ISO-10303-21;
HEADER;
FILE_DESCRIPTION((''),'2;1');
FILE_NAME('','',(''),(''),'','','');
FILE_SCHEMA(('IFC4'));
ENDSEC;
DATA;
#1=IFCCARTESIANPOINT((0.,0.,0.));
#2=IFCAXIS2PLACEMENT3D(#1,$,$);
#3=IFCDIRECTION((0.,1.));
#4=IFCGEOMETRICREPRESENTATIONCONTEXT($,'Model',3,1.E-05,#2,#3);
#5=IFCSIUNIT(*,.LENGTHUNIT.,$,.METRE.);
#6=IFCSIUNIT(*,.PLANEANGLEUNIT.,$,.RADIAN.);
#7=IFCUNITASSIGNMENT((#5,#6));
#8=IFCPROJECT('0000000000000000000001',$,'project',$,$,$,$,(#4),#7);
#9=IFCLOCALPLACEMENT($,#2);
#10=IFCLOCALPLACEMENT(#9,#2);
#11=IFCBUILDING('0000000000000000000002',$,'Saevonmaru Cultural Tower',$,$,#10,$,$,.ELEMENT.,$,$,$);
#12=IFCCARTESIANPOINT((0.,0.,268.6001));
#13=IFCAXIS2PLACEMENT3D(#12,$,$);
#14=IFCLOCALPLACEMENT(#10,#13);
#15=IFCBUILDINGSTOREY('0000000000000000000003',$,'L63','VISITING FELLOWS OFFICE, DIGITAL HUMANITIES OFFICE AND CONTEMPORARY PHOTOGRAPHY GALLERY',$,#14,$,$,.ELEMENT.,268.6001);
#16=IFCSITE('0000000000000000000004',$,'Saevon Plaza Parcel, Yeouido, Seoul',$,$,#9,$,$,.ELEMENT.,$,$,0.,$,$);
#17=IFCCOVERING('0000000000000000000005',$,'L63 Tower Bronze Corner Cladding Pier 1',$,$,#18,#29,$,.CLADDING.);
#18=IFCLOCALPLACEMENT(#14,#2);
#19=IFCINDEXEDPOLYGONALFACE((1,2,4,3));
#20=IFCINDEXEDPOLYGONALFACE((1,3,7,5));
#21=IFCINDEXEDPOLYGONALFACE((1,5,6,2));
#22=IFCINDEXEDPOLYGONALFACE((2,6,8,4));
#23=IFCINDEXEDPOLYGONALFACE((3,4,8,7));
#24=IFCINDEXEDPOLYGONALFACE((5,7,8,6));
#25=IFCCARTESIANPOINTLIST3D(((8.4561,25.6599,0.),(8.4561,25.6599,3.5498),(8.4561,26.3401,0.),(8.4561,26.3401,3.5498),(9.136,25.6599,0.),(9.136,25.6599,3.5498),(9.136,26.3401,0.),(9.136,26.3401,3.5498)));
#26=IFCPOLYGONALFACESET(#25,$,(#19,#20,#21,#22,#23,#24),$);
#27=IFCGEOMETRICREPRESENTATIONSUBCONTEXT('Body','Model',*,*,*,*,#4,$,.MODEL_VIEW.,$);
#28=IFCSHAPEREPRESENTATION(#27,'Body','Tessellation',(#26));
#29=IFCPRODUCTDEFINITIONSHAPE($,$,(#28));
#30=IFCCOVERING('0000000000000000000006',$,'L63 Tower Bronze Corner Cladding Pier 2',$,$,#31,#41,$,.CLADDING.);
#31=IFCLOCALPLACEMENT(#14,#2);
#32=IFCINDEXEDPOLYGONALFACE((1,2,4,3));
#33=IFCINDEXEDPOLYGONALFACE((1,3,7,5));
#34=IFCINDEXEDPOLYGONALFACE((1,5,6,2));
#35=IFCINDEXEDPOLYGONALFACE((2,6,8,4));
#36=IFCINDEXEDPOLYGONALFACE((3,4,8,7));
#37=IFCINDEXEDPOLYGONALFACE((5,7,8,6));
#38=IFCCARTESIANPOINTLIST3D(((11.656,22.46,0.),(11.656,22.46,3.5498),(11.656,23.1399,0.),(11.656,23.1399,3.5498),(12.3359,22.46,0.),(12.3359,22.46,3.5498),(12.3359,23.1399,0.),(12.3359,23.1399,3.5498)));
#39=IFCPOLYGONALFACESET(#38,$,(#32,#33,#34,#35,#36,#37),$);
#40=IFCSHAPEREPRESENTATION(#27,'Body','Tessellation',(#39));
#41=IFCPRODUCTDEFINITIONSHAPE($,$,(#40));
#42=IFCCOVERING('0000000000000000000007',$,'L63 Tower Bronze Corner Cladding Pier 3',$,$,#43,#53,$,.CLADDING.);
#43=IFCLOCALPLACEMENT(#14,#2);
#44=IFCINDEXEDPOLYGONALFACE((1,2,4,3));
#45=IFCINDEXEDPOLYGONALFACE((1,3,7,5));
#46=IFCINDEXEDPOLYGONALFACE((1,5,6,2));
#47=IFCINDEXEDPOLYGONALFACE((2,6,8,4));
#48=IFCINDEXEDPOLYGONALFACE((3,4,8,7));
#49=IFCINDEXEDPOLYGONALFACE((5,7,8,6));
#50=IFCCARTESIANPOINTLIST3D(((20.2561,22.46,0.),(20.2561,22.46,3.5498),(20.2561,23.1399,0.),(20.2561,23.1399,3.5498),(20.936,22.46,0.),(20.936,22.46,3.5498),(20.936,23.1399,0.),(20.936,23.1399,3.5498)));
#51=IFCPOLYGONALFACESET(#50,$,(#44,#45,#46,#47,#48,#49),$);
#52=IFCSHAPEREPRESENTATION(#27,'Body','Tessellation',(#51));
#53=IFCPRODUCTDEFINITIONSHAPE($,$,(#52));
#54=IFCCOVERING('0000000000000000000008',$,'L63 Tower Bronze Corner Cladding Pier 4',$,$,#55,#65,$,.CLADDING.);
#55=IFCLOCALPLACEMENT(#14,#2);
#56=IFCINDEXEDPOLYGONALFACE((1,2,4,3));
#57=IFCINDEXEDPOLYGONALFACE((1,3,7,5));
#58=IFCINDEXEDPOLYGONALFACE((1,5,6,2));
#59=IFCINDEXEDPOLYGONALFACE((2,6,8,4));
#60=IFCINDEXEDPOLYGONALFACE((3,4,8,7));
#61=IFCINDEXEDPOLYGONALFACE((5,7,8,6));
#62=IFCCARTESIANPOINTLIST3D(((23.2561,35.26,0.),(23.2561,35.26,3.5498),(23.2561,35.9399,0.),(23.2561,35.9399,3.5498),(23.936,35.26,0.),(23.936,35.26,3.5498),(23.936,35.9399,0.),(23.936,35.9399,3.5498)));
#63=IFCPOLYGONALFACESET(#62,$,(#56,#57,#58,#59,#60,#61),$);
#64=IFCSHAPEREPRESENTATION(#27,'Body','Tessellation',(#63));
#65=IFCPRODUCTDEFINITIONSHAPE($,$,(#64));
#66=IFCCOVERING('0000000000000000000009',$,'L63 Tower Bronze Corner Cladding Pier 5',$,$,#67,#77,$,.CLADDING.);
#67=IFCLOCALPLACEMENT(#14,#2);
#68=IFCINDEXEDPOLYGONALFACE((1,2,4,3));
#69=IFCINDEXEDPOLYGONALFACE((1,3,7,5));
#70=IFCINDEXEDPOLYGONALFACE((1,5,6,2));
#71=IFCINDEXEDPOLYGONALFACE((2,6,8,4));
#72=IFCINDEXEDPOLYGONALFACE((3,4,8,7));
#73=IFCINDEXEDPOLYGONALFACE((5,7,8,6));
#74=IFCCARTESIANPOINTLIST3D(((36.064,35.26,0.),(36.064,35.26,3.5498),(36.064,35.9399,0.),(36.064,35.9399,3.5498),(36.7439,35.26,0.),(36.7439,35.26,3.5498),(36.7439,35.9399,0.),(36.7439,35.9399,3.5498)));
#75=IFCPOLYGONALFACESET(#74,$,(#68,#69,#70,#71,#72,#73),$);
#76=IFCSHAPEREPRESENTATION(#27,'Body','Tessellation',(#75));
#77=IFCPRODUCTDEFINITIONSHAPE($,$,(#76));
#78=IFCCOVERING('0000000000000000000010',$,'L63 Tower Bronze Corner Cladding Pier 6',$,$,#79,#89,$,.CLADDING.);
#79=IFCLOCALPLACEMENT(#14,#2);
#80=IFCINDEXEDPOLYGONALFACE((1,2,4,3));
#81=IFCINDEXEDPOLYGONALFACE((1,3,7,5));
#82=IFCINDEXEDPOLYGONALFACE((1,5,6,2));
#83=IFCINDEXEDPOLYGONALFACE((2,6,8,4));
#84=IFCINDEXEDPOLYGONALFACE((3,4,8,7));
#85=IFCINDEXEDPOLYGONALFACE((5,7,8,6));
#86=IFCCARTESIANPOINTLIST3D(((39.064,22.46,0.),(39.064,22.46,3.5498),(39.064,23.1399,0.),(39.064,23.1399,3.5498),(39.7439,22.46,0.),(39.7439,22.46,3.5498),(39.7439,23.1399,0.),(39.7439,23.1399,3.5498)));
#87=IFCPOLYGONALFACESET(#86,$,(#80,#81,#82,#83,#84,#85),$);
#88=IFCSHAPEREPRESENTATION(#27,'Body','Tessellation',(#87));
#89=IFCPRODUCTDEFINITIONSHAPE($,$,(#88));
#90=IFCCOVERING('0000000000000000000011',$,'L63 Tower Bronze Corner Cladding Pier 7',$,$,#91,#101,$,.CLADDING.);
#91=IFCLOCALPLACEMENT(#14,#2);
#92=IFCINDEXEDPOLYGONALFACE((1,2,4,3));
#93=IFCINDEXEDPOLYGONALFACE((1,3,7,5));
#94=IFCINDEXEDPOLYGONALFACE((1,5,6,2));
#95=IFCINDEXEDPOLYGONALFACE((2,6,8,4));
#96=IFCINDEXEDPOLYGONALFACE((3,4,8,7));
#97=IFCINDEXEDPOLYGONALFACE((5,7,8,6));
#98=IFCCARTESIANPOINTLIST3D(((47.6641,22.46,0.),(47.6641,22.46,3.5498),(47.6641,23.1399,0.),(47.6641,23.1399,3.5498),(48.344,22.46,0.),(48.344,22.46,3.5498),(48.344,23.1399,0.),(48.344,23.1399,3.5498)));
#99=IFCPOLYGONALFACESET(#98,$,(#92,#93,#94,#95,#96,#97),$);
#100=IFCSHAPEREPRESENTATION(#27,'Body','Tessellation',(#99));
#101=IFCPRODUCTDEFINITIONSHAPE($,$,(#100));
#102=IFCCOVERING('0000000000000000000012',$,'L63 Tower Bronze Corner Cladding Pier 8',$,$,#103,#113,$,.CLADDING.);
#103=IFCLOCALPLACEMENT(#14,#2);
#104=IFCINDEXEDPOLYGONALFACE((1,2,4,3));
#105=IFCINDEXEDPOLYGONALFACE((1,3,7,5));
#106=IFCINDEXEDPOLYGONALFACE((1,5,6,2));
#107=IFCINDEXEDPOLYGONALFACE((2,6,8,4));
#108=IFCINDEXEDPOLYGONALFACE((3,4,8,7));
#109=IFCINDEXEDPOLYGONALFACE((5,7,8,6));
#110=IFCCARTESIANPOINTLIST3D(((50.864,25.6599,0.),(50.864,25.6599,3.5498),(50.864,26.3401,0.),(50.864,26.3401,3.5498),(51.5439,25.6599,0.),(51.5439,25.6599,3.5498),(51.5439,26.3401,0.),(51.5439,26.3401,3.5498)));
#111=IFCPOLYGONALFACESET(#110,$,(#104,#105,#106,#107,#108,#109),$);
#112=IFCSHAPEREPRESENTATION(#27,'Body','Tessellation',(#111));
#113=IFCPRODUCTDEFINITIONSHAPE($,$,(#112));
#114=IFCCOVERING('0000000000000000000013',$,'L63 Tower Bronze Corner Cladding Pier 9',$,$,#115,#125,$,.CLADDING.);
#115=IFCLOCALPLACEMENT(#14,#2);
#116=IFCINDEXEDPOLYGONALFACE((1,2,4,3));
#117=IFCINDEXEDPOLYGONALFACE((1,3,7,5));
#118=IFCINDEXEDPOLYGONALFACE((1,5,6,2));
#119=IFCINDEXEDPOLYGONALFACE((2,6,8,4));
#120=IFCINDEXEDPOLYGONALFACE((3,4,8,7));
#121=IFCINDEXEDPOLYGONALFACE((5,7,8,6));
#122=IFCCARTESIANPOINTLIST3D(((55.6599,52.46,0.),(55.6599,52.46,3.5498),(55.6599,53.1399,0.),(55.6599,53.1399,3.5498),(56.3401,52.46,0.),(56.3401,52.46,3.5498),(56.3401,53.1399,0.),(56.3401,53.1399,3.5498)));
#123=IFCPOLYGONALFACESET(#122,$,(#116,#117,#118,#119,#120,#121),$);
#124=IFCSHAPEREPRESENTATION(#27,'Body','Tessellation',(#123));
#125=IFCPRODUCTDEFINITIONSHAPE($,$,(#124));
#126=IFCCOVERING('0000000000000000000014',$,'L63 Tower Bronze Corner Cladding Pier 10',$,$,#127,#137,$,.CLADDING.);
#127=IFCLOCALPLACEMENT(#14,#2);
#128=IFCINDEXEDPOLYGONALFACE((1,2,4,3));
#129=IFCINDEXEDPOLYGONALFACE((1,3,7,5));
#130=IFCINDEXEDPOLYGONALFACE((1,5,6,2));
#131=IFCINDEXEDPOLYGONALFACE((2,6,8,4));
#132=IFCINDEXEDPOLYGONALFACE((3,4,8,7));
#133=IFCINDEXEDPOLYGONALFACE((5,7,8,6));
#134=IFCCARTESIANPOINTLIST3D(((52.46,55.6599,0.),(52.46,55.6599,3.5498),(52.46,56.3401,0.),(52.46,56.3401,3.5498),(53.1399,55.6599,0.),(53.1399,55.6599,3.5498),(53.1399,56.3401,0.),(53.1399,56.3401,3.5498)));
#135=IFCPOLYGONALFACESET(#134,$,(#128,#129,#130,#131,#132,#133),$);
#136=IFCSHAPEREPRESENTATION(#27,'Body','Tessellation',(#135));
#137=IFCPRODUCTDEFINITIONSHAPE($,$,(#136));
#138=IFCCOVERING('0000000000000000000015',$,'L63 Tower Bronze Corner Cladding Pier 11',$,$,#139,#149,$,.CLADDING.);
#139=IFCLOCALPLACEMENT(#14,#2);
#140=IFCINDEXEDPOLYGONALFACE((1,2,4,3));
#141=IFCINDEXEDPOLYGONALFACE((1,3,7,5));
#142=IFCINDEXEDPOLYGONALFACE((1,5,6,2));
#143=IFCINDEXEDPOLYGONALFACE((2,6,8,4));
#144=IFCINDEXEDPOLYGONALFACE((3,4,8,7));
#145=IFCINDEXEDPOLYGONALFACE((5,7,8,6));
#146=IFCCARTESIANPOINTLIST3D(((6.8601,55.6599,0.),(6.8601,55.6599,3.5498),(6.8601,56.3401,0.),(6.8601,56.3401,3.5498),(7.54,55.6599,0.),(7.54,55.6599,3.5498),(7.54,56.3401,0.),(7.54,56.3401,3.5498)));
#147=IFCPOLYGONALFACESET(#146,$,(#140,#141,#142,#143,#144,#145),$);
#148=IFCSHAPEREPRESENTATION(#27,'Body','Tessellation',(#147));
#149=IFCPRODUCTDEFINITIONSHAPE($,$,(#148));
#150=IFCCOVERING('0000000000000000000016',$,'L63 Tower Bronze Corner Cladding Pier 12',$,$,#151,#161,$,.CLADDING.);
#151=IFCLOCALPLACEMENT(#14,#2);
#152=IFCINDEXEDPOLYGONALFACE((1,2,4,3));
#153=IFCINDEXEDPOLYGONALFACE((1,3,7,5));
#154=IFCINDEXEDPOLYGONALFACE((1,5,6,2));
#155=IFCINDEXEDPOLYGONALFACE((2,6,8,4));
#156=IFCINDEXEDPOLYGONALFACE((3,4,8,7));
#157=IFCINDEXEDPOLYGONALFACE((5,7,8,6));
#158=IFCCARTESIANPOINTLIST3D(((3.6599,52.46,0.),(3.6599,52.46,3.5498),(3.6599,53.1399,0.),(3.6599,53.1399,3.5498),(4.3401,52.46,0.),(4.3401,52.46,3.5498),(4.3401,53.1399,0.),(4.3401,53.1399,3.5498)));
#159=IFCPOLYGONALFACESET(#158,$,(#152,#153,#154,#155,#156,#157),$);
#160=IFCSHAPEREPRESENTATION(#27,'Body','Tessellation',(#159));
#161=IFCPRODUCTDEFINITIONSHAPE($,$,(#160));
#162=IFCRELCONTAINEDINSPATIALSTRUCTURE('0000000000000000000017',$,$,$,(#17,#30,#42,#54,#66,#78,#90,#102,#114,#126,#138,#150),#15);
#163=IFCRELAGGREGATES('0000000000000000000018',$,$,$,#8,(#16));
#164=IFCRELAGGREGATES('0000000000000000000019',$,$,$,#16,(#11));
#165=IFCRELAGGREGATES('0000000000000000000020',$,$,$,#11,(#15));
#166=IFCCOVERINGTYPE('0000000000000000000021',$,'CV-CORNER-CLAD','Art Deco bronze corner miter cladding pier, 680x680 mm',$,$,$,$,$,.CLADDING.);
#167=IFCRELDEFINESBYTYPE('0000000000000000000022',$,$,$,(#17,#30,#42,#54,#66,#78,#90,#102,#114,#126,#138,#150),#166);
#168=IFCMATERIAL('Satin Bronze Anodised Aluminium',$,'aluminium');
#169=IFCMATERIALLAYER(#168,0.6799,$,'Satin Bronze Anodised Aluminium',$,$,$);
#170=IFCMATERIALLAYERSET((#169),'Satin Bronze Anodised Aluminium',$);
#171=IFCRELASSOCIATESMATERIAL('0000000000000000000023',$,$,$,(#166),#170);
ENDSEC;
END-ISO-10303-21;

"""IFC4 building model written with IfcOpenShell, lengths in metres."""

from ifc_helpers import new_model, si_unit, direction, frame, origin, place, context, subcontext, project, spatial, polyline, outline, extrude, material, layer, layer_set, type_object, element, save


model = new_model("IFC4")

# Units and contexts
model_context = context("Model", 3, precision=1e-05, world=origin(), true_north=direction((0.0, 1.0)))
body_context = subcontext(model_context, "Body", "Model", "MODEL_VIEW")
ifc_project = project(units=[si_unit("LENGTHUNIT", "METRE"), si_unit("PLANEANGLEUNIT", "RADIAN")], contexts=[model_context])

# Site, building, storey
site_placement = place(None, origin())
site = spatial("IfcSite", under=ifc_project, at=site_placement, Name="Saevon Plaza Parcel, Yeouido, Seoul", CompositionType="ELEMENT", RefElevation=0.0)
building_placement = place(site_placement, origin())
building = spatial("IfcBuilding", under=site, at=building_placement, Name="Saevonmaru Cultural Tower", CompositionType="ELEMENT")
storey_placement = place(building_placement, frame((0.0, 0.0, 268.6001)))
storey = spatial("IfcBuildingStorey", under=building, at=storey_placement, Name="L63", Description="VISITING FELLOWS OFFICE, DIGITAL HUMANITIES OFFICE AND CONTEMPORARY PHOTOGRAPHY GALLERY", CompositionType="ELEMENT", Elevation=268.6001)

# Shared definitions
ifc_material_1 = material(Name="Satin Bronze Anodised Aluminium", Category="aluminium")

# Coverings
ifc_layer_1 = layer(ifc_material_1, 0.6799, Name="Satin Bronze Anodised Aluminium")
ifc_layer_set_1 = layer_set([ifc_layer_1], Name="Satin Bronze Anodised Aluminium")
covering_type = type_object("IfcCoveringType", Name="CV-CORNER-CLAD", Description="Art Deco bronze corner miter cladding pier, 680x680 mm", PredefinedType="CLADDING", material=ifc_layer_set_1)
covering_1_placement = place(storey_placement, origin())
element("IfcCovering", 1, at=covering_1_placement, inside=storey, type_object=covering_type, Name="L63 Tower Bronze Corner Cladding Pier 1", PredefinedType="CLADDING", context=body_context, shape_type="SweptSolid", body=[
    extrude(outline(polyline([(8.4561, 25.6599), (9.136, 25.6599), (9.136, 26.3401), (8.4561, 26.3401), (8.4561, 25.6599)])), origin(), (0.0, 0.0, 1.0), 3.5498),
])
covering_2_placement = place(storey_placement, origin())
element("IfcCovering", 2, at=covering_2_placement, inside=storey, type_object=covering_type, Name="L63 Tower Bronze Corner Cladding Pier 2", PredefinedType="CLADDING", context=body_context, shape_type="SweptSolid", body=[
    extrude(outline(polyline([(11.656, 22.46), (12.3359, 22.46), (12.3359, 23.1399), (11.656, 23.1399), (11.656, 22.46)])), origin(), (0.0, 0.0, 1.0), 3.5498),
])
covering_3_placement = place(storey_placement, origin())
element("IfcCovering", 3, at=covering_3_placement, inside=storey, type_object=covering_type, Name="L63 Tower Bronze Corner Cladding Pier 3", PredefinedType="CLADDING", context=body_context, shape_type="SweptSolid", body=[
    extrude(outline(polyline([(20.2561, 22.46), (20.936, 22.46), (20.936, 23.1399), (20.2561, 23.1399), (20.2561, 22.46)])), origin(), (0.0, 0.0, 1.0), 3.5498),
])
covering_4_placement = place(storey_placement, origin())
element("IfcCovering", 4, at=covering_4_placement, inside=storey, type_object=covering_type, Name="L63 Tower Bronze Corner Cladding Pier 4", PredefinedType="CLADDING", context=body_context, shape_type="SweptSolid", body=[
    extrude(outline(polyline([(23.2561, 35.26), (23.936, 35.26), (23.936, 35.9399), (23.2561, 35.9399), (23.2561, 35.26)])), origin(), (0.0, 0.0, 1.0), 3.5498),
])
covering_5_placement = place(storey_placement, origin())
element("IfcCovering", 5, at=covering_5_placement, inside=storey, type_object=covering_type, Name="L63 Tower Bronze Corner Cladding Pier 5", PredefinedType="CLADDING", context=body_context, shape_type="SweptSolid", body=[
    extrude(outline(polyline([(36.064, 35.26), (36.7439, 35.26), (36.7439, 35.9399), (36.064, 35.9399), (36.064, 35.26)])), origin(), (0.0, 0.0, 1.0), 3.5498),
])
covering_6_placement = place(storey_placement, origin())
element("IfcCovering", 6, at=covering_6_placement, inside=storey, type_object=covering_type, Name="L63 Tower Bronze Corner Cladding Pier 6", PredefinedType="CLADDING", context=body_context, shape_type="SweptSolid", body=[
    extrude(outline(polyline([(39.064, 22.46), (39.7439, 22.46), (39.7439, 23.1399), (39.064, 23.1399), (39.064, 22.46)])), origin(), (0.0, 0.0, 1.0), 3.5498),
])
covering_7_placement = place(storey_placement, origin())
element("IfcCovering", 7, at=covering_7_placement, inside=storey, type_object=covering_type, Name="L63 Tower Bronze Corner Cladding Pier 7", PredefinedType="CLADDING", context=body_context, shape_type="SweptSolid", body=[
    extrude(outline(polyline([(47.6641, 22.46), (48.344, 22.46), (48.344, 23.1399), (47.6641, 23.1399), (47.6641, 22.46)])), origin(), (0.0, 0.0, 1.0), 3.5498),
])
covering_8_placement = place(storey_placement, origin())
element("IfcCovering", 8, at=covering_8_placement, inside=storey, type_object=covering_type, Name="L63 Tower Bronze Corner Cladding Pier 8", PredefinedType="CLADDING", context=body_context, shape_type="SweptSolid", body=[
    extrude(outline(polyline([(50.864, 25.6599), (51.5439, 25.6599), (51.5439, 26.3401), (50.864, 26.3401), (50.864, 25.6599)])), origin(), (0.0, 0.0, 1.0), 3.5498),
])
covering_9_placement = place(storey_placement, origin())
element("IfcCovering", 9, at=covering_9_placement, inside=storey, type_object=covering_type, Name="L63 Tower Bronze Corner Cladding Pier 9", PredefinedType="CLADDING", context=body_context, shape_type="SweptSolid", body=[
    extrude(outline(polyline([(55.6599, 52.46), (56.3401, 52.46), (56.3401, 53.1399), (55.6599, 53.1399), (55.6599, 52.46)])), origin(), (0.0, 0.0, 1.0), 3.5498),
])
covering_10_placement = place(storey_placement, origin())
element("IfcCovering", 10, at=covering_10_placement, inside=storey, type_object=covering_type, Name="L63 Tower Bronze Corner Cladding Pier 10", PredefinedType="CLADDING", context=body_context, shape_type="SweptSolid", body=[
    extrude(outline(polyline([(52.46, 55.6599), (53.1399, 55.6599), (53.1399, 56.3401), (52.46, 56.3401), (52.46, 55.6599)])), origin(), (0.0, 0.0, 1.0), 3.5498),
])
covering_11_placement = place(storey_placement, origin())
element("IfcCovering", 11, at=covering_11_placement, inside=storey, type_object=covering_type, Name="L63 Tower Bronze Corner Cladding Pier 11", PredefinedType="CLADDING", context=body_context, shape_type="SweptSolid", body=[
    extrude(outline(polyline([(6.8601, 55.6599), (7.54, 55.6599), (7.54, 56.3401), (6.8601, 56.3401), (6.8601, 55.6599)])), origin(), (0.0, 0.0, 1.0), 3.5498),
])
covering_12_placement = place(storey_placement, origin())
element("IfcCovering", 12, at=covering_12_placement, inside=storey, type_object=covering_type, Name="L63 Tower Bronze Corner Cladding Pier 12", PredefinedType="CLADDING", context=body_context, shape_type="SweptSolid", body=[
    extrude(outline(polyline([(3.6599, 52.46), (4.3401, 52.46), (4.3401, 53.1399), (3.6599, 53.1399), (3.6599, 52.46)])), origin(), (0.0, 0.0, 1.0), 3.5498),
])

save(model, "model.ifc")
